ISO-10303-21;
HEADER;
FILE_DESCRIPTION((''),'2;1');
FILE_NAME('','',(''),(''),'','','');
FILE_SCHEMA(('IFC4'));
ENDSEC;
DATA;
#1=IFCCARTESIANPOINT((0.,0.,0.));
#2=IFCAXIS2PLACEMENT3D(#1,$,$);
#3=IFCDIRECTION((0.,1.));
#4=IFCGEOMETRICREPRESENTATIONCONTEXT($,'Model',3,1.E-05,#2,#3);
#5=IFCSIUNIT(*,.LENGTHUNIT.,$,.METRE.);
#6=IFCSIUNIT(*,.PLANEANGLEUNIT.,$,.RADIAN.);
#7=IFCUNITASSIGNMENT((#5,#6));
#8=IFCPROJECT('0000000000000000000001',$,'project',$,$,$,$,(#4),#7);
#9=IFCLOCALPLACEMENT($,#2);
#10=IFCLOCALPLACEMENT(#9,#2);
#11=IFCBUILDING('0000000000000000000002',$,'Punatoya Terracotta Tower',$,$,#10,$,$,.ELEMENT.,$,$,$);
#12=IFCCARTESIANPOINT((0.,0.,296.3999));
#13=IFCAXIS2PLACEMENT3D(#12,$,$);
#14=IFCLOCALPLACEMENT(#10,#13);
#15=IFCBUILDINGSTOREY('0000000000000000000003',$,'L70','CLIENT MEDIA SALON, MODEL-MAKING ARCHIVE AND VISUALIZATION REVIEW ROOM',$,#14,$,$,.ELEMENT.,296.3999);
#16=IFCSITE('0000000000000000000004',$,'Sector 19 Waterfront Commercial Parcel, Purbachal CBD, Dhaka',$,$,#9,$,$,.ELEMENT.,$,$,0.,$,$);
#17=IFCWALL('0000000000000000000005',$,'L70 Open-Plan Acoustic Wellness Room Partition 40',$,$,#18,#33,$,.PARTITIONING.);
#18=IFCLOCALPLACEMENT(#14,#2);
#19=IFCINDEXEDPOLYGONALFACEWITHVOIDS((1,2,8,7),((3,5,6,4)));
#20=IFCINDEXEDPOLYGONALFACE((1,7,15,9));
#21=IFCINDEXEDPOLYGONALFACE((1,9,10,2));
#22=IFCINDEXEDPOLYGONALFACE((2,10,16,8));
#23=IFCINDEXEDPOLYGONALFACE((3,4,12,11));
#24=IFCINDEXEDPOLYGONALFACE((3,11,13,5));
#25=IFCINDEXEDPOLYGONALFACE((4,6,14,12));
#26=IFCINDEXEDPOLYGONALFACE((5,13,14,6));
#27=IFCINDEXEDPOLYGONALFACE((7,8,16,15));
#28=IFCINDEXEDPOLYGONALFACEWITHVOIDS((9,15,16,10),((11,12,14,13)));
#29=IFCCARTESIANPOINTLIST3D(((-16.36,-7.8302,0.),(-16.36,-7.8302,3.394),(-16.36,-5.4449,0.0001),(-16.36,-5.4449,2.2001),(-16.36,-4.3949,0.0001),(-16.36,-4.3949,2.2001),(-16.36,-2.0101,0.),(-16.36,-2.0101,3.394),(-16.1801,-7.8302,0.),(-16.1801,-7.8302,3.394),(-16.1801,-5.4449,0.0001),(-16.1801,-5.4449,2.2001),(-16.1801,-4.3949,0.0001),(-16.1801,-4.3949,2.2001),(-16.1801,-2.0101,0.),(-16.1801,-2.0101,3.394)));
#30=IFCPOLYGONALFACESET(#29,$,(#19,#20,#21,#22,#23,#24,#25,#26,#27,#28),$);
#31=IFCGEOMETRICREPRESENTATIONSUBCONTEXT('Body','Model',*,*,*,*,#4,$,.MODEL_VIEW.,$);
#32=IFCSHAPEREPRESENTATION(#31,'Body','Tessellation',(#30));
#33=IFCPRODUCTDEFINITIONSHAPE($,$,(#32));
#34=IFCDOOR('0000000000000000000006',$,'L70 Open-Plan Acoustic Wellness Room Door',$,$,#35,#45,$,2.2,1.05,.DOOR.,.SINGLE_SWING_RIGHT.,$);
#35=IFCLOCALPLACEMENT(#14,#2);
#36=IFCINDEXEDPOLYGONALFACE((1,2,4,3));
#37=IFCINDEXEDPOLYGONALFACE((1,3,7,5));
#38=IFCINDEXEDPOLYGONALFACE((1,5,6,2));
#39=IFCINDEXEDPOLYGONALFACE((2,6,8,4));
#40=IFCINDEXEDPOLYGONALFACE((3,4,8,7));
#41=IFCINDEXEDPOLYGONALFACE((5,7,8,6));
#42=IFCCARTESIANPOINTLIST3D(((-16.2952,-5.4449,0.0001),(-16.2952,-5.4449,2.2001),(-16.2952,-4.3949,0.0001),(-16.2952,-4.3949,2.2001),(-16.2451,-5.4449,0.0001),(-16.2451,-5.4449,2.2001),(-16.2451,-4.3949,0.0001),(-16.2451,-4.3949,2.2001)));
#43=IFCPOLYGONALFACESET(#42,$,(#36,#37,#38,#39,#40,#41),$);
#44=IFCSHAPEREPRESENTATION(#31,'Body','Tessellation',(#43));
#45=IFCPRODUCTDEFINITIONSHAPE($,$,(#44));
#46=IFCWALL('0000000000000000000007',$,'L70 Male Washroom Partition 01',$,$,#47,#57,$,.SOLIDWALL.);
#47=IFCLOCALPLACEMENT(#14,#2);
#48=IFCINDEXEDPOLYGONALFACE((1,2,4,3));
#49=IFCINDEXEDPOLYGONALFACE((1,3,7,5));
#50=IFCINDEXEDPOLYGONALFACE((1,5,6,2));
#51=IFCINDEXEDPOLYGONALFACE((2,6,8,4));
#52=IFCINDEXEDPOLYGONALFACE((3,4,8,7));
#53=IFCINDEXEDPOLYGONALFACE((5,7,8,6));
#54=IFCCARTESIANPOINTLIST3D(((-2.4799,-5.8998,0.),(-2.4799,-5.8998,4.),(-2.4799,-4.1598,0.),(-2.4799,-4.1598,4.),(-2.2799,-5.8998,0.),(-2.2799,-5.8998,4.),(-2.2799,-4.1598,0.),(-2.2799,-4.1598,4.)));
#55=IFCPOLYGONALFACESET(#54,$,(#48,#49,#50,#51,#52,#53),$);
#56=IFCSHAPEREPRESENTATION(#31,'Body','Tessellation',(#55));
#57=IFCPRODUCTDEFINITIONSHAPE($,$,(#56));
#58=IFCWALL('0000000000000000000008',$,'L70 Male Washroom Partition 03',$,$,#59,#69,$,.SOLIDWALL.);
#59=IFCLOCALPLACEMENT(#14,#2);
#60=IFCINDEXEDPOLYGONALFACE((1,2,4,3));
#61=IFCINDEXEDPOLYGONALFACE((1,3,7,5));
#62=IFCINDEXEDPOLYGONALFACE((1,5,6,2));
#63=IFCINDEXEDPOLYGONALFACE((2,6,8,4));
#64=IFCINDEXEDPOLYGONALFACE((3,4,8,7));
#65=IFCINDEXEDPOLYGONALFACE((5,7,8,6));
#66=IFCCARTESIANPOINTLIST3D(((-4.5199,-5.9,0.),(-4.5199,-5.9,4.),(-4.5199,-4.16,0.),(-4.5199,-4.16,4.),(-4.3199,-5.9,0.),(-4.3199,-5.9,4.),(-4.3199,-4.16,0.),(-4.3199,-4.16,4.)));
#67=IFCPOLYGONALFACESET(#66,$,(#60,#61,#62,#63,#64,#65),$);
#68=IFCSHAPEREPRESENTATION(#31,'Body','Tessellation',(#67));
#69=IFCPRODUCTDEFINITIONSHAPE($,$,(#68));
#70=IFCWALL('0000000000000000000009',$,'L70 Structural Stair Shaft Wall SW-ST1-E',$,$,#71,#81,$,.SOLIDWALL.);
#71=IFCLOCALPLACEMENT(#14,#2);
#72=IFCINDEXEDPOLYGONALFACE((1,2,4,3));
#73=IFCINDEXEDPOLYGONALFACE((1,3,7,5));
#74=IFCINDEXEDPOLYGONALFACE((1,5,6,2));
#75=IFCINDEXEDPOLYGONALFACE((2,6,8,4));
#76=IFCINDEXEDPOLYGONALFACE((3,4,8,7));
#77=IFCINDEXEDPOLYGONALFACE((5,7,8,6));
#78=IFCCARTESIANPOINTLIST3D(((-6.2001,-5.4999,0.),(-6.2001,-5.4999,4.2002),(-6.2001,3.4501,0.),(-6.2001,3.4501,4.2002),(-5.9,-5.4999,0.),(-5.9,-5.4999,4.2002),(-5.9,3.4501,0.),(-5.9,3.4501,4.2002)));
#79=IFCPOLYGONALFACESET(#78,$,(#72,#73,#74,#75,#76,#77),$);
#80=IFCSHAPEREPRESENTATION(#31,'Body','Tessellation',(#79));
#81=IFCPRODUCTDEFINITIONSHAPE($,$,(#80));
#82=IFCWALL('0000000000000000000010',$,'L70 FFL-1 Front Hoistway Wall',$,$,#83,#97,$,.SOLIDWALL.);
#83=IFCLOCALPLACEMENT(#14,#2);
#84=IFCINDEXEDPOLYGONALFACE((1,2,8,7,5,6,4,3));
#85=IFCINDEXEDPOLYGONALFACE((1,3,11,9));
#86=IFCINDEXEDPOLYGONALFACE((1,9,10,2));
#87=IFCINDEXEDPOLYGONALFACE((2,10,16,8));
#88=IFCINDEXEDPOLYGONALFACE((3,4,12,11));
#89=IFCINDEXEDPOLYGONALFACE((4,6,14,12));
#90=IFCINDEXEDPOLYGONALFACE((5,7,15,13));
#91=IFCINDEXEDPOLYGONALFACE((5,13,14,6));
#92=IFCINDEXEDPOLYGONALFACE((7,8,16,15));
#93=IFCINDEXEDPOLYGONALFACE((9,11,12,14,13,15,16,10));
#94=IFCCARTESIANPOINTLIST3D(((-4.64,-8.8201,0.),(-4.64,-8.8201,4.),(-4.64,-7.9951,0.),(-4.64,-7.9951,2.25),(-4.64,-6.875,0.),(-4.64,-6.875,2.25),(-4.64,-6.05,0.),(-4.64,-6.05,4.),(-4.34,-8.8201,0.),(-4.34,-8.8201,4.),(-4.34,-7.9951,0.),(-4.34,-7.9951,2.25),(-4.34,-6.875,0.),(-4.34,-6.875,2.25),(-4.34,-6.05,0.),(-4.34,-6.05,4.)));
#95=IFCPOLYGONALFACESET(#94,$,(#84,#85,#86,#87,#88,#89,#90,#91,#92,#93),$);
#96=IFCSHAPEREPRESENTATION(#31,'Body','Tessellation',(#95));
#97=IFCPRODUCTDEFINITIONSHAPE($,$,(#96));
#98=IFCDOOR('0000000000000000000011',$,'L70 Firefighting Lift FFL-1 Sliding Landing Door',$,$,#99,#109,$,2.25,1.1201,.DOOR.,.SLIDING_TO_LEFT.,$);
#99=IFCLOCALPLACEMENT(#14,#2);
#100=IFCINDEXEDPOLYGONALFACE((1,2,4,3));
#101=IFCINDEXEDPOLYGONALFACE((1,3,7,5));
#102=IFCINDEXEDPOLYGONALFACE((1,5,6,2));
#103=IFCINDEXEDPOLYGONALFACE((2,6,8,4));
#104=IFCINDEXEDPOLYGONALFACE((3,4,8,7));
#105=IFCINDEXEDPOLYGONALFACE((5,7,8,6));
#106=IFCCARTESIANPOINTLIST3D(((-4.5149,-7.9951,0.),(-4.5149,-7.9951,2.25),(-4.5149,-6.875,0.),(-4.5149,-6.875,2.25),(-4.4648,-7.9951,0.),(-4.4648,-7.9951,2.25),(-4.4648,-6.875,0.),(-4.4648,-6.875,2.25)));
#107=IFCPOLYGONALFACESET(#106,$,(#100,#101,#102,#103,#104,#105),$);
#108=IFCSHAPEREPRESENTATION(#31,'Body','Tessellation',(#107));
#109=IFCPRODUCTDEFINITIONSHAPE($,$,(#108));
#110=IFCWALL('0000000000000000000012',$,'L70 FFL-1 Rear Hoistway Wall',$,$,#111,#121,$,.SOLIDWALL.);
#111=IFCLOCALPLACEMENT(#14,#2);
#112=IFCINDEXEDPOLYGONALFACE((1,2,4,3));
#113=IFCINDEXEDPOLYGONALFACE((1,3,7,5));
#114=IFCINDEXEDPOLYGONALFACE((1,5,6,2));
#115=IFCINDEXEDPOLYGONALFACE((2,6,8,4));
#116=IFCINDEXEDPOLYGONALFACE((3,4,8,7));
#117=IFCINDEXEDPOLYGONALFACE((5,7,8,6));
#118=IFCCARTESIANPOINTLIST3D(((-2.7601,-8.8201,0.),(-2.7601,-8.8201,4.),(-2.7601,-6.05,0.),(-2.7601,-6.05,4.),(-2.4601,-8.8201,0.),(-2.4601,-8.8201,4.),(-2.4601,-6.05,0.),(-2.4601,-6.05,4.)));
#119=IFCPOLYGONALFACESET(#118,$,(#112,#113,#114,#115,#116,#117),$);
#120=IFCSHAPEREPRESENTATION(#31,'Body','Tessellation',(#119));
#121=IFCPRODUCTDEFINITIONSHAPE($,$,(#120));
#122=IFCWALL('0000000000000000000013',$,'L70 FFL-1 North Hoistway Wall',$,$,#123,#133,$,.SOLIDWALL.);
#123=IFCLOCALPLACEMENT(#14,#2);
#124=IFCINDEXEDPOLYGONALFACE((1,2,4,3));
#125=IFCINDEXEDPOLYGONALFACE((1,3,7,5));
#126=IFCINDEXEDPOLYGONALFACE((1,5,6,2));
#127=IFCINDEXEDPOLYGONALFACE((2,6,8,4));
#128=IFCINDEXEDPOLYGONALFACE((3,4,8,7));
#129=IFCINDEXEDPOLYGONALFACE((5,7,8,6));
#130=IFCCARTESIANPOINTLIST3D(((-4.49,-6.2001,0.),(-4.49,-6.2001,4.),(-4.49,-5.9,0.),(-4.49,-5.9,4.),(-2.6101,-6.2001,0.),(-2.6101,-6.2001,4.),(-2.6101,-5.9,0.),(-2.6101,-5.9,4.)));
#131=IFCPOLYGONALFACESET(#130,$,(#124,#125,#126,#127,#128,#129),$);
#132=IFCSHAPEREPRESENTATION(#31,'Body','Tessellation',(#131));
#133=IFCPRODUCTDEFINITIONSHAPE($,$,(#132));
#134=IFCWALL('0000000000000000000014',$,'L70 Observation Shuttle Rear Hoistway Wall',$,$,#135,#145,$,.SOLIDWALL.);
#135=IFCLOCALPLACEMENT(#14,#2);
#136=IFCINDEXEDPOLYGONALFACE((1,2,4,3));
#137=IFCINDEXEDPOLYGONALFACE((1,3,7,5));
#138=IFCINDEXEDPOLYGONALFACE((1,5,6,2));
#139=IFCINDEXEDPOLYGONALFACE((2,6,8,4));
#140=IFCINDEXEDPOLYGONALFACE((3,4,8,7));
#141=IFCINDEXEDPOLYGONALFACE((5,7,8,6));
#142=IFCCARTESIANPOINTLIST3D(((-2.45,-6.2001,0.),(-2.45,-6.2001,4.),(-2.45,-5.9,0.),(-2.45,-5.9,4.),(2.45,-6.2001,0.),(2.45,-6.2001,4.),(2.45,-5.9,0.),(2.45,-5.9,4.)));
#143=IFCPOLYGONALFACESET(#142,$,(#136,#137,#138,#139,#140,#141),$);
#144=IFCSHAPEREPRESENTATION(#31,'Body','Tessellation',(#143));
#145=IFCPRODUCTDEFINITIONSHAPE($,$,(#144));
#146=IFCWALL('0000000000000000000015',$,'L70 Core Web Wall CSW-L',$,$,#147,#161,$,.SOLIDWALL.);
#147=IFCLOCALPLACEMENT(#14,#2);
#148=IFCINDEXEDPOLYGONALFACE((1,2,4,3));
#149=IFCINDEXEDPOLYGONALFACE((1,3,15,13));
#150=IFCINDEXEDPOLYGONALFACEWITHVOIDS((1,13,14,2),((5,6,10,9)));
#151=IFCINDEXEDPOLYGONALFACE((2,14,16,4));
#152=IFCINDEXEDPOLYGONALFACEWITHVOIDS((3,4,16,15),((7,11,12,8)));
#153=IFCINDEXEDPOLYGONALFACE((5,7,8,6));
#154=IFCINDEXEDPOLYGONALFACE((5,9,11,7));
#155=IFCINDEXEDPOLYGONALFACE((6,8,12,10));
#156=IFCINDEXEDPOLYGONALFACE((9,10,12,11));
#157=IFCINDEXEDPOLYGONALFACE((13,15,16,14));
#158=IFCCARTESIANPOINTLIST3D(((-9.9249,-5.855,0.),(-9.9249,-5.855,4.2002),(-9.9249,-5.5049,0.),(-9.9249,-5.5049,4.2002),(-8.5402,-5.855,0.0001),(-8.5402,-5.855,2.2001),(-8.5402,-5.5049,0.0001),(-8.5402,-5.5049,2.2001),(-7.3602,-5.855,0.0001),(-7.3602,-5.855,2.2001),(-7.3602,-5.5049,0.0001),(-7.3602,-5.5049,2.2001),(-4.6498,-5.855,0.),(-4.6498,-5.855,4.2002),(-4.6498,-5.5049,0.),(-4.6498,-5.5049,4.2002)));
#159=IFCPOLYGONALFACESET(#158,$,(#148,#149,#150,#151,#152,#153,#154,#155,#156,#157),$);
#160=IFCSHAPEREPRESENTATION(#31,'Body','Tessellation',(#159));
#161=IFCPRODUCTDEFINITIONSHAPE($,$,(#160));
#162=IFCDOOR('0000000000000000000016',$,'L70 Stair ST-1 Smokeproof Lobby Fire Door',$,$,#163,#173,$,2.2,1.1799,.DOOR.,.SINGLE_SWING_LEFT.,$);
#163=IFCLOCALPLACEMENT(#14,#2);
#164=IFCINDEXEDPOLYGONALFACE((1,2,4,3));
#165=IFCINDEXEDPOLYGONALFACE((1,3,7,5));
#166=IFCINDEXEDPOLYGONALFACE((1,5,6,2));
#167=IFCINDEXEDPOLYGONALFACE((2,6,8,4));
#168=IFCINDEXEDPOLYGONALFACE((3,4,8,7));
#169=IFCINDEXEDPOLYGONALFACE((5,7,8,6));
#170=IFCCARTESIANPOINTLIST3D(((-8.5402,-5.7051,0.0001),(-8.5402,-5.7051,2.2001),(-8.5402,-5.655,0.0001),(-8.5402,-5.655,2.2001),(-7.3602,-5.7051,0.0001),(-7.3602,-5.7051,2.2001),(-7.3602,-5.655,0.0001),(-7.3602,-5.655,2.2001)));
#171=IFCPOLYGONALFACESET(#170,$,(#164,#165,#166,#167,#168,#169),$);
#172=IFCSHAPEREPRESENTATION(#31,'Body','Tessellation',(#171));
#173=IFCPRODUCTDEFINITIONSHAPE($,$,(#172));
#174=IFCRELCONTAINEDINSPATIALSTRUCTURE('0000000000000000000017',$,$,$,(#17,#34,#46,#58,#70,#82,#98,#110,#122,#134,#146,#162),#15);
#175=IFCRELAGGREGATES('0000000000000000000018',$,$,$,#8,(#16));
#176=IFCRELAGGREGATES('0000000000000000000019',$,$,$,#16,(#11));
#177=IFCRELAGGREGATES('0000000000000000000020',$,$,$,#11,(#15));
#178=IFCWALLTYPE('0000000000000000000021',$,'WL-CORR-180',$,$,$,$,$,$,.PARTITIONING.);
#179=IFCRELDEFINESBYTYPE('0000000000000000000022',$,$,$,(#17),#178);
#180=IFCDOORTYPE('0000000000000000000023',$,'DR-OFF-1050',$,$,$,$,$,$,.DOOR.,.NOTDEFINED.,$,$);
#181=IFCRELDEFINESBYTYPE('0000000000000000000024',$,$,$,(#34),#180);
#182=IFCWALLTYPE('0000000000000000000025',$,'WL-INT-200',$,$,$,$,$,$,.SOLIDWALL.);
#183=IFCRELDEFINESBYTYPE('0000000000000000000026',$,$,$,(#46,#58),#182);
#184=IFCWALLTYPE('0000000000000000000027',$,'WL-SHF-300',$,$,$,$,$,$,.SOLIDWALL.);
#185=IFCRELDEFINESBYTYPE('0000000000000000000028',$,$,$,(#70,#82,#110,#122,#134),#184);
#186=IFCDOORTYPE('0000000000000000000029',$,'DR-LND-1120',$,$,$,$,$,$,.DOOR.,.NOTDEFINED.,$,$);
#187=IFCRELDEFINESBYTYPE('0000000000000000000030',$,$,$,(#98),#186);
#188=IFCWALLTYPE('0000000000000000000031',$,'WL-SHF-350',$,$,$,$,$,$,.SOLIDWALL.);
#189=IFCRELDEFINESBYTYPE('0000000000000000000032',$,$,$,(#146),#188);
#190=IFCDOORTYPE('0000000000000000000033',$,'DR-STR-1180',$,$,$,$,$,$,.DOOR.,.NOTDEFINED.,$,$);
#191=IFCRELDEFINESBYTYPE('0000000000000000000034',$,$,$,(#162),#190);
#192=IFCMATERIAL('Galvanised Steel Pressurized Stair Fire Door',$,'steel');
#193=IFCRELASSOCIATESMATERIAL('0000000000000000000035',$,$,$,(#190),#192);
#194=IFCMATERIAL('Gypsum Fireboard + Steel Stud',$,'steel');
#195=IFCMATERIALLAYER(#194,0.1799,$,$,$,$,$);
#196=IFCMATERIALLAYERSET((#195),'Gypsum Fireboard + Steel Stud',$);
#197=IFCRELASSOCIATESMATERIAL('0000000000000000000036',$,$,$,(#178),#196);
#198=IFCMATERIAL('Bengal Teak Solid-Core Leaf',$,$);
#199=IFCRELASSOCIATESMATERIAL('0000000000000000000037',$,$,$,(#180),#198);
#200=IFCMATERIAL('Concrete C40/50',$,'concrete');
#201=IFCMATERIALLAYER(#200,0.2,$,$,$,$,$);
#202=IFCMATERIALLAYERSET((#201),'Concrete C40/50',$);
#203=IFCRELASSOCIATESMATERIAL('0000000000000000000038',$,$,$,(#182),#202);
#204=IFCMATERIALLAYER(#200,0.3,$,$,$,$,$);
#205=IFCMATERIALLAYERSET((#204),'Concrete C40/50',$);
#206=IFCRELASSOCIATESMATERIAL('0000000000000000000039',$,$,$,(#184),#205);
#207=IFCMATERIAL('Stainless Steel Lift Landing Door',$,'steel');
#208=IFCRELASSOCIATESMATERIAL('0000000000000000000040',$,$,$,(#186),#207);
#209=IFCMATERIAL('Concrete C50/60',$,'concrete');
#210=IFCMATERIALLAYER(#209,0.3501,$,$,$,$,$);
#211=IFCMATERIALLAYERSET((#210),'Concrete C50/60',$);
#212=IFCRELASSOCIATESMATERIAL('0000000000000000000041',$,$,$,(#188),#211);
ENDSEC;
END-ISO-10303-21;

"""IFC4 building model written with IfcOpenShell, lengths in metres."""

from ifc_helpers import new_model, si_unit, direction, frame, frame_2d, origin, place, context, subcontext, project, spatial, rectangle, extrude, material, layer, layer_set, type_object, element, fill, save


model = new_model("IFC4")

# Units and contexts
model_context = context("Model", 3, precision=1e-05, world=origin(), true_north=direction((0.0, 1.0)))
body_context = subcontext(model_context, "Body", "Model", "MODEL_VIEW")
ifc_project = project(units=[si_unit("LENGTHUNIT", "METRE"), si_unit("PLANEANGLEUNIT", "RADIAN")], contexts=[model_context])

# Site, building, storey
site_placement = place(None, origin())
site = spatial("IfcSite", under=ifc_project, at=site_placement, Name="Sector 19 Waterfront Commercial Parcel, Purbachal CBD, Dhaka", CompositionType="ELEMENT", RefElevation=0.0)
building_placement = place(site_placement, origin())
building = spatial("IfcBuilding", under=site, at=building_placement, Name="Punatoya Terracotta Tower", CompositionType="ELEMENT")
storey_placement = place(building_placement, frame((0.0, 0.0, 296.3999)))
storey = spatial("IfcBuildingStorey", under=building, at=storey_placement, Name="L70", Description="CLIENT MEDIA SALON, MODEL-MAKING ARCHIVE AND VISUALIZATION REVIEW ROOM", CompositionType="ELEMENT", Elevation=296.3999)

# Shared definitions
ifc_material_1 = material(Name="Concrete C50/60", Category="concrete")

# Wall, opening, door
ifc_material_2 = material(Name="Galvanised Steel Pressurized Stair Fire Door", Category="steel")
door_type_1 = type_object("IfcDoorType", Name="DR-STR-1180", OperationType="NOTDEFINED", PredefinedType="DOOR", material=ifc_material_2)
ifc_material_3 = material(Name="Gypsum Fireboard + Steel Stud", Category="steel")
ifc_layer_1 = layer(ifc_material_3, 0.1799)
ifc_layer_set_1 = layer_set([ifc_layer_1], Name="Gypsum Fireboard + Steel Stud")
wall_type_1 = type_object("IfcWallType", Name="WL-CORR-180", PredefinedType="PARTITIONING", material=ifc_layer_set_1)
ifc_material_4 = material(Name="Bengal Teak Solid-Core Leaf")
door_type_2 = type_object("IfcDoorType", Name="DR-OFF-1050", OperationType="NOTDEFINED", PredefinedType="DOOR", material=ifc_material_4)
wall_1_placement = place(storey_placement, frame((-16.27, -2.01, 0.0), z_axis=(0.0, 0.0, 1.0), x_axis=(0.0, -1.0, 0.0)))
wall_1 = element("IfcWall", 1, at=wall_1_placement, inside=storey, type_object=wall_type_1, Name="L70 Open-Plan Acoustic Wellness Room Partition 40", PredefinedType="PARTITIONING", context=body_context, shape_type="SweptSolid", body=[
    extrude(rectangle(XDim=5.8201, YDim=0.1799, at=frame_2d((2.9102, 0.0))), origin(), (0.0, 0.0, 1.0), 3.394),
])
opening_1_placement = place(wall_1_placement, frame((2.385, 0.0, 0.0)))
opening_1 = element("IfcOpeningElement", 2, at=opening_1_placement, cuts=wall_1, PredefinedType="OPENING", context=body_context, shape_type="SweptSolid", body=[
    extrude(rectangle(XDim=1.05, YDim=2.2, at=frame_2d((0.5249, 1.1001))), frame((0.0, 0.0999, 0.0), z_axis=(0.0, -1.0, 0.0), x_axis=(1.0, 0.0, 0.0)), (0.0, 0.0, 1.0), 0.2),
])
door_1_placement = place(opening_1_placement, origin())
door_1 = element("IfcDoor", 3, at=door_1_placement, inside=storey, type_object=door_type_2, Name="L70 Open-Plan Acoustic Wellness Room Door", OperationType="SINGLE_SWING_RIGHT", OverallHeight=2.2, OverallWidth=1.05, PredefinedType="DOOR", context=body_context, shape_type="SweptSolid", body=[
    extrude(rectangle(XDim=1.05, YDim=2.2, at=frame_2d((0.5249, 1.1001))), frame((0.0, 0.0249, 0.0), z_axis=(0.0, -1.0, 0.0), x_axis=(1.0, 0.0, 0.0)), (0.0, 0.0, 1.0), 0.05),
])
fill(opening_1, door_1)

# Wall
ifc_material_5 = material(Name="Concrete C40/50", Category="concrete")
ifc_layer_2 = layer(ifc_material_5, 0.2)
ifc_layer_set_2 = layer_set([ifc_layer_2], Name="Concrete C40/50")
wall_type_2 = type_object("IfcWallType", Name="WL-INT-200", PredefinedType="SOLIDWALL", material=ifc_layer_set_2)
wall_2_placement = place(storey_placement, frame((-2.3799, -5.8999, 0.0), z_axis=(0.0, 0.0, 1.0), x_axis=(0.0, 1.0, 0.0)))
element("IfcWall", 4, at=wall_2_placement, inside=storey, type_object=wall_type_2, Name="L70 Male Washroom Partition 01", PredefinedType="SOLIDWALL", context=body_context, shape_type="SweptSolid", body=[
    extrude(rectangle(XDim=1.74, YDim=0.2, at=frame_2d((0.8701, 0.0))), origin(), (0.0, 0.0, 1.0), 4.0),
])

# Walls
wall_3_placement = place(storey_placement, frame((-4.4199, -4.1599, 0.0), z_axis=(0.0, 0.0, 1.0), x_axis=(0.0, -1.0, 0.0)))
element("IfcWall", 5, at=wall_3_placement, inside=storey, type_object=wall_type_2, Name="L70 Male Washroom Partition 03", PredefinedType="SOLIDWALL", context=body_context, shape_type="SweptSolid", body=[
    extrude(rectangle(XDim=1.74, YDim=0.2, at=frame_2d((0.8701, 0.0))), origin(), (0.0, 0.0, 1.0), 4.0),
])
ifc_layer_3 = layer(ifc_material_5, 0.3)
ifc_layer_set_3 = layer_set([ifc_layer_3], Name="Concrete C40/50")
wall_type_3 = type_object("IfcWallType", Name="WL-SHF-300", PredefinedType="SOLIDWALL", material=ifc_layer_set_3)
wall_4_placement = place(storey_placement, frame((-6.05, -5.5, 0.0), z_axis=(0.0, 0.0, 1.0), x_axis=(0.0, 1.0, 0.0)))
element("IfcWall", 6, at=wall_4_placement, inside=storey, type_object=wall_type_3, Name="L70 Structural Stair Shaft Wall SW-ST1-E", PredefinedType="SOLIDWALL", context=body_context, shape_type="SweptSolid", body=[
    extrude(rectangle(XDim=8.95, YDim=0.3, at=frame_2d((4.4751, 0.0))), origin(), (0.0, 0.0, 1.0), 4.2002),
])

# Wall, opening, door
wall_5_placement = place(storey_placement, frame((-4.49, -8.8201, 0.0), z_axis=(0.0, 0.0, 1.0), x_axis=(0.0, 1.0, 0.0)))
wall_5 = element("IfcWall", 7, at=wall_5_placement, inside=storey, type_object=wall_type_3, Name="L70 FFL-1 Front Hoistway Wall", PredefinedType="SOLIDWALL", context=body_context, shape_type="SweptSolid", body=[
    extrude(rectangle(XDim=2.77, YDim=0.3, at=frame_2d((1.385, 0.0))), origin(), (0.0, 0.0, 1.0), 4.0),
])
opening_2_placement = place(wall_5_placement, frame((0.825, 0.0, 0.0)))
opening_2 = element("IfcOpeningElement", 8, at=opening_2_placement, cuts=wall_5, PredefinedType="OPENING", context=body_context, shape_type="SweptSolid", body=[
    extrude(rectangle(XDim=1.1201, YDim=2.25, at=frame_2d((0.5601, 1.125))), frame((0.0, 0.1599, 0.0), z_axis=(0.0, -1.0, 0.0), x_axis=(1.0, 0.0, 0.0)), (0.0, 0.0, 1.0), 0.3201),
])
ifc_material_6 = material(Name="Stainless Steel Lift Landing Door", Category="steel")
door_type_3 = type_object("IfcDoorType", Name="DR-LND-1120", OperationType="NOTDEFINED", PredefinedType="DOOR", material=ifc_material_6)
door_2_placement = place(opening_2_placement, origin())
door_2 = element("IfcDoor", 9, at=door_2_placement, inside=storey, type_object=door_type_3, Name="L70 Firefighting Lift FFL-1 Sliding Landing Door", OperationType="SLIDING_TO_LEFT", OverallHeight=2.25, OverallWidth=1.1201, PredefinedType="DOOR", context=body_context, shape_type="SweptSolid", body=[
    extrude(rectangle(XDim=1.1201, YDim=2.25, at=frame_2d((0.5601, 1.125))), frame((0.0, 0.0249, 0.0), z_axis=(0.0, -1.0, 0.0), x_axis=(1.0, 0.0, 0.0)), (0.0, 0.0, 1.0), 0.05),
])
fill(opening_2, door_2)

# Walls
wall_6_placement = place(storey_placement, frame((-2.6101, -8.8201, 0.0), z_axis=(0.0, 0.0, 1.0), x_axis=(0.0, 1.0, 0.0)))
element("IfcWall", 10, at=wall_6_placement, inside=storey, type_object=wall_type_3, Name="L70 FFL-1 Rear Hoistway Wall", PredefinedType="SOLIDWALL", context=body_context, shape_type="SweptSolid", body=[
    extrude(rectangle(XDim=2.77, YDim=0.3, at=frame_2d((1.385, 0.0))), origin(), (0.0, 0.0, 1.0), 4.0),
])
wall_7_placement = place(storey_placement, frame((-4.49, -6.05, 0.0), z_axis=(0.0, 0.0, 1.0), x_axis=(1.0, 0.0, 0.0)))
element("IfcWall", 11, at=wall_7_placement, inside=storey, type_object=wall_type_3, Name="L70 FFL-1 North Hoistway Wall", PredefinedType="SOLIDWALL", context=body_context, shape_type="SweptSolid", body=[
    extrude(rectangle(XDim=1.8799, YDim=0.3, at=frame_2d((0.9399, 0.0))), origin(), (0.0, 0.0, 1.0), 4.0),
])
wall_8_placement = place(storey_placement, frame((-2.45, -6.05, 0.0), z_axis=(0.0, 0.0, 1.0), x_axis=(1.0, 0.0, 0.0)))
element("IfcWall", 12, at=wall_8_placement, inside=storey, type_object=wall_type_3, Name="L70 Observation Shuttle Rear Hoistway Wall", PredefinedType="SOLIDWALL", context=body_context, shape_type="SweptSolid", body=[
    extrude(rectangle(XDim=4.8999, YDim=0.3, at=frame_2d((2.45, 0.0))), origin(), (0.0, 0.0, 1.0), 4.0),
])

# Wall, opening, door
ifc_layer_4 = layer(ifc_material_1, 0.3501)
ifc_layer_set_4 = layer_set([ifc_layer_4], Name="Concrete C50/60")
wall_type_4 = type_object("IfcWallType", Name="WL-SHF-350", PredefinedType="SOLIDWALL", material=ifc_layer_set_4)
wall_9_placement = place(storey_placement, frame((-9.925, -5.6799, 0.0), z_axis=(0.0, 0.0, 1.0), x_axis=(1.0, 0.0, 0.0)))
wall_9 = element("IfcWall", 13, at=wall_9_placement, inside=storey, type_object=wall_type_4, Name="L70 Core Web Wall CSW-L", PredefinedType="SOLIDWALL", context=body_context, shape_type="SweptSolid", body=[
    extrude(rectangle(XDim=5.2751, YDim=0.3501, at=frame_2d((2.6377, 0.0))), origin(), (0.0, 0.0, 1.0), 4.2002),
])
opening_3_placement = place(wall_9_placement, frame((1.385, 0.0, 0.0)))
opening_3 = element("IfcOpeningElement", 14, at=opening_3_placement, cuts=wall_9, PredefinedType="OPENING", context=body_context, shape_type="SweptSolid", body=[
    extrude(rectangle(XDim=1.1799, YDim=2.2, at=frame_2d((0.5898, 1.1001))), frame((0.0, 0.1851, 0.0), z_axis=(0.0, -1.0, 0.0), x_axis=(1.0, 0.0, 0.0)), (0.0, 0.0, 1.0), 0.3701),
])
door_3_placement = place(opening_3_placement, origin())
door_3 = element("IfcDoor", 15, at=door_3_placement, inside=storey, type_object=door_type_1, Name="L70 Stair ST-1 Smokeproof Lobby Fire Door", OperationType="SINGLE_SWING_LEFT", OverallHeight=2.2, OverallWidth=1.1799, PredefinedType="DOOR", context=body_context, shape_type="SweptSolid", body=[
    extrude(rectangle(XDim=1.1799, YDim=2.2, at=frame_2d((0.5898, 1.1001))), frame((0.0, 0.0249, 0.0), z_axis=(0.0, -1.0, 0.0), x_axis=(1.0, 0.0, 0.0)), (0.0, 0.0, 1.0), 0.05),
])
fill(opening_3, door_3)

save(model, "model.ifc")
